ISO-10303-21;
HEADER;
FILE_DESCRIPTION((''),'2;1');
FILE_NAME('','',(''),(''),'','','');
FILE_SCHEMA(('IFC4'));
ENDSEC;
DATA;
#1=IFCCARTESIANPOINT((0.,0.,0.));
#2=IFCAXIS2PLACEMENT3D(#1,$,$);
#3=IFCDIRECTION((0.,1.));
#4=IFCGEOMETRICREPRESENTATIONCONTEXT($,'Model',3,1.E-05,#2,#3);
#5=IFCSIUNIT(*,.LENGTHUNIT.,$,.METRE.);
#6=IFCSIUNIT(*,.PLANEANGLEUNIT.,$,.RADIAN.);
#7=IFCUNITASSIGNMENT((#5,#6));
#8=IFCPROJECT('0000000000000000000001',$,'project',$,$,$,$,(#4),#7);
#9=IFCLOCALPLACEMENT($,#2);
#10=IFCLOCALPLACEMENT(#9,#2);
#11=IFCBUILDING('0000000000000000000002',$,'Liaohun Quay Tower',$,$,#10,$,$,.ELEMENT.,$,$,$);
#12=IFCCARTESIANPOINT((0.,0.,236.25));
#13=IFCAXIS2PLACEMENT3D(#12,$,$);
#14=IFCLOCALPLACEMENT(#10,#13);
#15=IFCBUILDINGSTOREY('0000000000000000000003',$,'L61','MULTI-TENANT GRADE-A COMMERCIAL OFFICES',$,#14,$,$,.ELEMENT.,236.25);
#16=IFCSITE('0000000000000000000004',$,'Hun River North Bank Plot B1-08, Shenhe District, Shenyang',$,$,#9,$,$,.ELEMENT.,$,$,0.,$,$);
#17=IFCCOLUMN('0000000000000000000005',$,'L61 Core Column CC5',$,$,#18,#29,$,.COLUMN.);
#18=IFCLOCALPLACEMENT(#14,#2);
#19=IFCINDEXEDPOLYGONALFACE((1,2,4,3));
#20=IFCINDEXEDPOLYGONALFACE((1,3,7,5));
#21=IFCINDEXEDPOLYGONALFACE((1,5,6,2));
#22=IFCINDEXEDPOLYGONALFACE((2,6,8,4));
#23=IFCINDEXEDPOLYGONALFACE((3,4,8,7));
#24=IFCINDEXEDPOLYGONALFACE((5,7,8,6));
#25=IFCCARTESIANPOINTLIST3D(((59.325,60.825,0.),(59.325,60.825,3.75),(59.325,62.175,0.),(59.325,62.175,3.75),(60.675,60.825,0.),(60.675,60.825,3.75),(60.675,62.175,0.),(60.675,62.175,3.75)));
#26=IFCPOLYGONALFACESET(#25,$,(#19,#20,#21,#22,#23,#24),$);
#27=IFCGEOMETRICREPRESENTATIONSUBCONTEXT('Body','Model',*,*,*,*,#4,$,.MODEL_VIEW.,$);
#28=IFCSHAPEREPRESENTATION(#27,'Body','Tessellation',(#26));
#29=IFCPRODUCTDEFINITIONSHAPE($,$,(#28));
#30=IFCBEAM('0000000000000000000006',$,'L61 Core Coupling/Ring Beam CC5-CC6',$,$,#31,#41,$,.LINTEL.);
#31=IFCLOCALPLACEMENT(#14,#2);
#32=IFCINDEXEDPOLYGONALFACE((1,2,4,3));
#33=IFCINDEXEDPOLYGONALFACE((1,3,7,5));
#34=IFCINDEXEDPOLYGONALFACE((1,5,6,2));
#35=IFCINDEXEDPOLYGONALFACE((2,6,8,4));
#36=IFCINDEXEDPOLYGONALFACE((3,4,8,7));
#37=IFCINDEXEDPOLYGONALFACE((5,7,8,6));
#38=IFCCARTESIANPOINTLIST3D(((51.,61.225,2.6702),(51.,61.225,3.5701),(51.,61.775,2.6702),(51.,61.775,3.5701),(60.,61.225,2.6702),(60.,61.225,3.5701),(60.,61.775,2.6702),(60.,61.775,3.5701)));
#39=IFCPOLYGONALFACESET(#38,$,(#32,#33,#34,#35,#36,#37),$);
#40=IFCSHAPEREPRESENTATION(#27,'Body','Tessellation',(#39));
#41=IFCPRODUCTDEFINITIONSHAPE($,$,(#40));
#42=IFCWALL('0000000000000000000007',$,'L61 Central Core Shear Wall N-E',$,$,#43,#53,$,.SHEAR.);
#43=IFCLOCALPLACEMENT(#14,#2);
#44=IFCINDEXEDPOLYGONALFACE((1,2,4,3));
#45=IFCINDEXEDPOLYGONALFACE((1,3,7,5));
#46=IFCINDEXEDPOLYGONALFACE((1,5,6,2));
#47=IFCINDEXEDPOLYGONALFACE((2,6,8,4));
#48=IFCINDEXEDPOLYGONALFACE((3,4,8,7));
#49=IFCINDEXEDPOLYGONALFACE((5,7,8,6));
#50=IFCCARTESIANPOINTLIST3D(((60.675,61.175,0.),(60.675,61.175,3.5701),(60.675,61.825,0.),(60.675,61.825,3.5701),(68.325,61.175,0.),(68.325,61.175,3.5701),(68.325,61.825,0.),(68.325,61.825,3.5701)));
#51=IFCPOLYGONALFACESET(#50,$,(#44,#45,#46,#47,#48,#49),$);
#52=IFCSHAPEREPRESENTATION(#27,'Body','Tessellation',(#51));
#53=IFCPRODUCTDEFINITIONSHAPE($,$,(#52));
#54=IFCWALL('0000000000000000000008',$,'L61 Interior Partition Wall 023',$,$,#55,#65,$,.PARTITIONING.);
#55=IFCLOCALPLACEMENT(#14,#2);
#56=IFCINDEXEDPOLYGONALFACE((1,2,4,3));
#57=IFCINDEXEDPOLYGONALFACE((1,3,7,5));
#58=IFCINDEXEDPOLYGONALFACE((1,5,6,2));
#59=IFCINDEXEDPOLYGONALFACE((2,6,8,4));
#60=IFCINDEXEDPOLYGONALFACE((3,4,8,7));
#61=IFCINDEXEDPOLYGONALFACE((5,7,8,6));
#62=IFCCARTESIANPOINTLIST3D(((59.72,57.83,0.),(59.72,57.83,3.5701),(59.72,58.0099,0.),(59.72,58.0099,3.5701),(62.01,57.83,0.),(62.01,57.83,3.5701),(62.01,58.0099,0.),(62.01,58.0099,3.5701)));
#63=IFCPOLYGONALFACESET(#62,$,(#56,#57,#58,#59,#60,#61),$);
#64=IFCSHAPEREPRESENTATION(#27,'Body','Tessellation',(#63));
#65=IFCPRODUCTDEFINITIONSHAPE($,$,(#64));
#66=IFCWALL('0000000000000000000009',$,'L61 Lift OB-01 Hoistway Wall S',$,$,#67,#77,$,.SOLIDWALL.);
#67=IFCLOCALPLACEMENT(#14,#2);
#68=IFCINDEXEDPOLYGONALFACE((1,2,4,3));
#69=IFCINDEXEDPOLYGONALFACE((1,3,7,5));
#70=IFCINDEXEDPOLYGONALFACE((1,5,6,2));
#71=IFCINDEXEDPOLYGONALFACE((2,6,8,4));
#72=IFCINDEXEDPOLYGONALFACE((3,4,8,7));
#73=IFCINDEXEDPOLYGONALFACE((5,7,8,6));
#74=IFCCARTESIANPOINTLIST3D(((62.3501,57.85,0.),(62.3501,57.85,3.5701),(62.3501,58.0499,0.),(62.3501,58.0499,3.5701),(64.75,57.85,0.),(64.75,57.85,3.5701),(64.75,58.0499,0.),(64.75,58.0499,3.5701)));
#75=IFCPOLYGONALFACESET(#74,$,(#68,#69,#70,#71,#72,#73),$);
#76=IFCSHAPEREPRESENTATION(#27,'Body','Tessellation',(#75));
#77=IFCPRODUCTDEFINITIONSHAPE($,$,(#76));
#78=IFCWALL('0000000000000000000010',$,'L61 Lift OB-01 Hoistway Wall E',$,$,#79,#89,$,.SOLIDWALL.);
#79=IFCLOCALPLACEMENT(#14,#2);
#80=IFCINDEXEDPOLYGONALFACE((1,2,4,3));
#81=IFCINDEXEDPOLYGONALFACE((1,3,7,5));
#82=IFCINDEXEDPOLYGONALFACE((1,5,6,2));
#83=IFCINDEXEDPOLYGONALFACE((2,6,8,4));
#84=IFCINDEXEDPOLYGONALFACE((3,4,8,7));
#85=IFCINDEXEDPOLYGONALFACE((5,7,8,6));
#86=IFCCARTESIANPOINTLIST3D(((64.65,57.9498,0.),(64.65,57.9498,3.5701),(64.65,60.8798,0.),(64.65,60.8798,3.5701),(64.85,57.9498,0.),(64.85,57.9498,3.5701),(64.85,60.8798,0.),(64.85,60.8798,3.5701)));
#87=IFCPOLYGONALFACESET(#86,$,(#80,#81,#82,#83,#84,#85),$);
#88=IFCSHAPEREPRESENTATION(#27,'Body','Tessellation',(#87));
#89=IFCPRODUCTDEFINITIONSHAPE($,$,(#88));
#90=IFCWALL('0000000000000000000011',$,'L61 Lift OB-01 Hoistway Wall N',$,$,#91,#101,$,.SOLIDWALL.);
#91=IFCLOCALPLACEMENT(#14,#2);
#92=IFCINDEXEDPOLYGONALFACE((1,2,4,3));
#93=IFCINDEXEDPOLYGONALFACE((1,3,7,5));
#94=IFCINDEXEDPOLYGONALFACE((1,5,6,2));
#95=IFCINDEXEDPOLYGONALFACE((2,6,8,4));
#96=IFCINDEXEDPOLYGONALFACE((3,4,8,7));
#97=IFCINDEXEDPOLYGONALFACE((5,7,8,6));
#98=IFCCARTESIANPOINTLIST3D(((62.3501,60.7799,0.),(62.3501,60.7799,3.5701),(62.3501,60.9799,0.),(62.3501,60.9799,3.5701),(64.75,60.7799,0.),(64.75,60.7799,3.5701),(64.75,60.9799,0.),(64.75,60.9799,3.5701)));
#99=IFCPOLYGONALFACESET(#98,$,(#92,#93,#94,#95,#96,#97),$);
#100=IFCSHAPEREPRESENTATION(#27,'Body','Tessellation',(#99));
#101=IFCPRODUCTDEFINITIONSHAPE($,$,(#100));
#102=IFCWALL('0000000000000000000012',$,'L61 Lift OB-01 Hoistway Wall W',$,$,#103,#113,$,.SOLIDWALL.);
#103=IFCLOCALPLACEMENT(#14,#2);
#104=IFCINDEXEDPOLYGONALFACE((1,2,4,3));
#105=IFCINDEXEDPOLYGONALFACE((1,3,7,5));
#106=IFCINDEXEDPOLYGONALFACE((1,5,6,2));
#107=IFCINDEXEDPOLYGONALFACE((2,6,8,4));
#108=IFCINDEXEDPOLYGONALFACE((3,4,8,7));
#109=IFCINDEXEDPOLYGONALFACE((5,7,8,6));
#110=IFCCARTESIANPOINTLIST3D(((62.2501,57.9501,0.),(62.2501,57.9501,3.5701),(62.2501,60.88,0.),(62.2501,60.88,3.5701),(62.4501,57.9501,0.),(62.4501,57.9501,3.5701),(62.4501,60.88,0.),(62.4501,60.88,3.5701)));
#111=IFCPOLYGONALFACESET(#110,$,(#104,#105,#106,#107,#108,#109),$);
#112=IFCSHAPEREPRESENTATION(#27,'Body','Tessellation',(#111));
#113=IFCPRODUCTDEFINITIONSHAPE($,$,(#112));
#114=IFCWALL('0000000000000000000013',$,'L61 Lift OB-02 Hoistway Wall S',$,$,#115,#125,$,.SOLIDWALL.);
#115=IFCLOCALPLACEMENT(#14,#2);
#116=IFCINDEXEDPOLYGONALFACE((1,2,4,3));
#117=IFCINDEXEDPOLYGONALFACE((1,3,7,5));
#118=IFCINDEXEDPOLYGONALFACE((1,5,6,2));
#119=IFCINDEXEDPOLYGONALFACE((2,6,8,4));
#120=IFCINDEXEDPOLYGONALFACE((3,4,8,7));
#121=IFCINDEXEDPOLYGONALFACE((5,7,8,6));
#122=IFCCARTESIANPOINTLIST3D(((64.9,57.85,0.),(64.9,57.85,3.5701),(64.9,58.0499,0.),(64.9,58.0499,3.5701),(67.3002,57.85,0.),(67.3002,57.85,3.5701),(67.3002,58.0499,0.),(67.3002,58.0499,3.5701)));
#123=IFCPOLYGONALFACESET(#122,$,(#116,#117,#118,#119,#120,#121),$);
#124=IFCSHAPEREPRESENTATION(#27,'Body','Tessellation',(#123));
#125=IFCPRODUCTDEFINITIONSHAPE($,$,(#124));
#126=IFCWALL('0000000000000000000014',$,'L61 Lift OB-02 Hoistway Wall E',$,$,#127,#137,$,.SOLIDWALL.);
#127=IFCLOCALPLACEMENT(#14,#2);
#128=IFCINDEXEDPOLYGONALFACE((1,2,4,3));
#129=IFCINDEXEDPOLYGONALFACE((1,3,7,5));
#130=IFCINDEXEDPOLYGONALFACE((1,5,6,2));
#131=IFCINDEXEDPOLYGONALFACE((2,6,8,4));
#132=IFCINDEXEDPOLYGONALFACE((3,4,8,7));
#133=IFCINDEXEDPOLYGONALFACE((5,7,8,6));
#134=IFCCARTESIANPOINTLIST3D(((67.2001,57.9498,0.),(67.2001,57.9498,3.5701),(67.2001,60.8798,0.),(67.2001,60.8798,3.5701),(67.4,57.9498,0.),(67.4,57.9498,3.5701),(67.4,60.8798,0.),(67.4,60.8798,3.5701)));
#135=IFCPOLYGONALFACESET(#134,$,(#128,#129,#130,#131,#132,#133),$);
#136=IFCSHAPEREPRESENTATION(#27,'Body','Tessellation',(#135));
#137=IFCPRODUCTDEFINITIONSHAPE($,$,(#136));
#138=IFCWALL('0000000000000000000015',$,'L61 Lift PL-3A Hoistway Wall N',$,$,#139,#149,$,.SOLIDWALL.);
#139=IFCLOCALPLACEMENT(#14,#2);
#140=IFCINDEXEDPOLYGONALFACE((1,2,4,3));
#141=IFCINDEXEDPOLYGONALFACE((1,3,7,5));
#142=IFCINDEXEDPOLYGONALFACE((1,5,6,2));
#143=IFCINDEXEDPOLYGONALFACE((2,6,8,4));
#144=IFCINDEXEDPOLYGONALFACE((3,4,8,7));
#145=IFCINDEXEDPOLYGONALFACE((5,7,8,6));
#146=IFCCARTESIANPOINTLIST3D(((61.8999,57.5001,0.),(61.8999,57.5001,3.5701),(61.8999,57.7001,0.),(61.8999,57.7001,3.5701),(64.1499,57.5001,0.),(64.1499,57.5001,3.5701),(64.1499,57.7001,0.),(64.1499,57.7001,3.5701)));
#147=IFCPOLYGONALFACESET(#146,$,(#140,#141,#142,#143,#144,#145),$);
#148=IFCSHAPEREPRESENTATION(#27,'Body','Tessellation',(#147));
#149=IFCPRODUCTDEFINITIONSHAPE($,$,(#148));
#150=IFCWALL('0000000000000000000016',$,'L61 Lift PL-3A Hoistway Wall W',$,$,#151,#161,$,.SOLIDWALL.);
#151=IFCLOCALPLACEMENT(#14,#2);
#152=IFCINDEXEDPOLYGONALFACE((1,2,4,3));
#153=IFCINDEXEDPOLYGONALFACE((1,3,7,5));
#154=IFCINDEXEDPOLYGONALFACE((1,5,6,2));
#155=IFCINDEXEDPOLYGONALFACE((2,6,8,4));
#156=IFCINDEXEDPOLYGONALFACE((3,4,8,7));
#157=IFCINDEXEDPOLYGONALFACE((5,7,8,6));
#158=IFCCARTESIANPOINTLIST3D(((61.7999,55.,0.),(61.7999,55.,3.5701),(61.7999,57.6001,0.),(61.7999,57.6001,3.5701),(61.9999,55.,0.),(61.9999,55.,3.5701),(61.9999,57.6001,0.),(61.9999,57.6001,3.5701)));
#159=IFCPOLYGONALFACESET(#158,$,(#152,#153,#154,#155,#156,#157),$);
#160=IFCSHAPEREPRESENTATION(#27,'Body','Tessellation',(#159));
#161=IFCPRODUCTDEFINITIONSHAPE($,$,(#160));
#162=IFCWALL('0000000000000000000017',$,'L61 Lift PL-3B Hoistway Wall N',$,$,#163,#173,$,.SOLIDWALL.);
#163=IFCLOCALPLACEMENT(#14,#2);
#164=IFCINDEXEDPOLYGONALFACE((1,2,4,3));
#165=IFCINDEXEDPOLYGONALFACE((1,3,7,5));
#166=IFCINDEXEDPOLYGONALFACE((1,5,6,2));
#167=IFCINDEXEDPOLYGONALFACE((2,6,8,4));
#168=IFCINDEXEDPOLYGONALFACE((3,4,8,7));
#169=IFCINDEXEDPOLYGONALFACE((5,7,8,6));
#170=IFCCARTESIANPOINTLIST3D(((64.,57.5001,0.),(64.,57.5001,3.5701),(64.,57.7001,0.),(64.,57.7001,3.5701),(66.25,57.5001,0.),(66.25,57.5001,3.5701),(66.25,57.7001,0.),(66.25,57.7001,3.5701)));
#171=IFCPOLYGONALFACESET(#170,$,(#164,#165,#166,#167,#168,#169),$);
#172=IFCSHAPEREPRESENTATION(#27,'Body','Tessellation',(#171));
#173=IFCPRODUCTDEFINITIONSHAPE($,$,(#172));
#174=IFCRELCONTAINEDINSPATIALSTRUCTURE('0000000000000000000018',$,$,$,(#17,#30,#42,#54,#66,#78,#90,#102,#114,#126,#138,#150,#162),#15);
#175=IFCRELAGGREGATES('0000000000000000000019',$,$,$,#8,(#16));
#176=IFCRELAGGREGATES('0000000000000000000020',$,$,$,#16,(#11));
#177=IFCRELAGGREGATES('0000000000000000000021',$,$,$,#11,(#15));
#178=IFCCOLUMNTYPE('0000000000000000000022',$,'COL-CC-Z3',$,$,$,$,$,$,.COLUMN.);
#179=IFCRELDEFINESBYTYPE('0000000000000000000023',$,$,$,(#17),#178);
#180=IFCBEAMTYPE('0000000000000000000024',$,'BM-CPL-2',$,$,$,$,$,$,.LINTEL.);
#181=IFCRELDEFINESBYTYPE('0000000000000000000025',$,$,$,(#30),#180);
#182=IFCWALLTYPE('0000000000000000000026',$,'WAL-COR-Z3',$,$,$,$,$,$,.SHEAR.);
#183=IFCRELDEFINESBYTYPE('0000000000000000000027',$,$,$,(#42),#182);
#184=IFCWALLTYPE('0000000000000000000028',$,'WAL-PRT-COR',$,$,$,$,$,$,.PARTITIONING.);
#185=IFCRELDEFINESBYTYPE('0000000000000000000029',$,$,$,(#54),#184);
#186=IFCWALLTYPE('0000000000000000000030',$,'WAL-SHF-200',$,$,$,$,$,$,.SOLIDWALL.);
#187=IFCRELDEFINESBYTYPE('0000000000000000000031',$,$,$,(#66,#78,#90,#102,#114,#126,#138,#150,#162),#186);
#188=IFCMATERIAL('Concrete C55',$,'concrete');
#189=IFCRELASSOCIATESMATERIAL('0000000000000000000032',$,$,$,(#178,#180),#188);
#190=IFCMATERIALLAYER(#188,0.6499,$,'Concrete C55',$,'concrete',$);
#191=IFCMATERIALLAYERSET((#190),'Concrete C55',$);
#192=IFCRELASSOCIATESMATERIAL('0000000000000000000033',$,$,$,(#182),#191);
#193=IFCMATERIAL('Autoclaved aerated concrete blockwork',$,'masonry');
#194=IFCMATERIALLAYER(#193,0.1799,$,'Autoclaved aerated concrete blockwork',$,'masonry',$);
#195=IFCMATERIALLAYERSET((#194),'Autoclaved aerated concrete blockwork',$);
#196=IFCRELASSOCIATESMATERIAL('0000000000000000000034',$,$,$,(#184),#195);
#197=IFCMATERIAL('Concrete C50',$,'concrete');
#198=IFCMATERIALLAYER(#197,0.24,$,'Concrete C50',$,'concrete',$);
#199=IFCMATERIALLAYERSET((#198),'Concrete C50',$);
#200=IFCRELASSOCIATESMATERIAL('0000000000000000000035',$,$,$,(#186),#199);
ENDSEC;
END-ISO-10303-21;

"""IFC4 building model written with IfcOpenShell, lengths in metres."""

from ifc_helpers import new_model, si_unit, direction, frame, frame_2d, origin, origin_2d, place, context, subcontext, project, spatial, rectangle, extrude, source, transform, mapped, material, layer, layer_set, material_profile, profile_set, type_object, element, save


model = new_model("IFC4")

# Units and contexts
model_context = context("Model", 3, precision=1e-05, world=origin(), true_north=direction((0.0, 1.0)))
body_context = subcontext(model_context, "Body", "Model", "MODEL_VIEW")
ifc_project = project(units=[si_unit("LENGTHUNIT", "METRE"), si_unit("PLANEANGLEUNIT", "RADIAN")], contexts=[model_context])

# Site, building, storey
site_placement = place(None, origin())
site = spatial("IfcSite", under=ifc_project, at=site_placement, Name="Hun River North Bank Plot B1-08, Shenhe District, Shenyang", CompositionType="ELEMENT", RefElevation=0.0)
building_placement = place(site_placement, origin())
building = spatial("IfcBuilding", under=site, at=building_placement, Name="Liaohun Quay Tower", CompositionType="ELEMENT")
storey_placement = place(building_placement, frame((0.0, 0.0, 236.25)))
storey = spatial("IfcBuildingStorey", under=building, at=storey_placement, Name="L61", Description="MULTI-TENANT GRADE-A COMMERCIAL OFFICES", CompositionType="ELEMENT", Elevation=236.25)

# Column
ifc_material_1 = material(Name="Concrete C55", Category="concrete")
ifc_material_profile_1 = material_profile(ifc_material_1, rectangle(XDim=1.3501, YDim=1.3501, at=origin_2d()), Name="RC1350x1350")
ifc_profile_set_1 = profile_set([ifc_material_profile_1], Name="Concrete C55")
column_type = type_object("IfcColumnType", Name="COL-CC-Z3", PredefinedType="COLUMN", material=ifc_profile_set_1)
shared_shape_1 = source(origin(), body_context, "Body", "SweptSolid", [
    extrude(rectangle(XDim=1.3501, YDim=1.3501, at=origin_2d()), origin(), (0.0, 0.0, 1.0), 3.75),
])
column_placement = place(storey_placement, frame((60.0, 61.5, 0.0), z_axis=(0.0, 0.0, 1.0), x_axis=(1.0, 0.0, 0.0)))
element("IfcColumn", 1, at=column_placement, inside=storey, type_object=column_type, Name="L61 Core Column CC5", PredefinedType="COLUMN", context=body_context, shape_type="MappedRepresentation", body=[
    mapped(shared_shape_1, transform((0.0, 0.0, 0.0), x_axis=(1.0, 0.0, 0.0), y_axis=(0.0, 1.0, 0.0), z_axis=(0.0, 0.0, 1.0), scale=1.0)),
])

# Beam
ifc_material_profile_2 = material_profile(ifc_material_1, rectangle(XDim=0.55, YDim=0.8999, at=origin_2d()), Name="RC550x900")
ifc_profile_set_2 = profile_set([ifc_material_profile_2], Name="Concrete C55")
beam_type = type_object("IfcBeamType", Name="BM-CPL-2", PredefinedType="LINTEL", material=ifc_profile_set_2)
shared_shape_2 = source(origin(), body_context, "Body", "SweptSolid", [
    extrude(rectangle(XDim=0.55, YDim=0.8999, at=origin_2d()), origin(), (0.0, 0.0, 1.0), 9.0),
])
beam_placement = place(storey_placement, frame((60.0, 61.5, 3.1201), z_axis=(-1.0, 0.0, 0.0), x_axis=(0.0, -1.0, 0.0)))
element("IfcBeam", 2, at=beam_placement, inside=storey, type_object=beam_type, Name="L61 Core Coupling/Ring Beam CC5-CC6", PredefinedType="LINTEL", context=body_context, shape_type="MappedRepresentation", body=[
    mapped(shared_shape_2, transform((0.0, 0.0, 0.0), x_axis=(1.0, 0.0, 0.0), y_axis=(0.0, 1.0, 0.0), z_axis=(0.0, 0.0, 1.0), scale=1.0)),
])

# Walls
ifc_layer_1 = layer(ifc_material_1, 0.6499, Name="Concrete C55", Category="concrete")
ifc_layer_set_1 = layer_set([ifc_layer_1], Name="Concrete C55")
wall_type_1 = type_object("IfcWallType", Name="WAL-COR-Z3", PredefinedType="SHEAR", material=ifc_layer_set_1)
wall_1_placement = place(storey_placement, frame((60.675, 61.5, 0.0), z_axis=(0.0, 0.0, 1.0), x_axis=(1.0, 0.0, 0.0)))
element("IfcWall", 3, at=wall_1_placement, inside=storey, type_object=wall_type_1, Name="L61 Central Core Shear Wall N-E", PredefinedType="SHEAR", context=body_context, shape_type="SweptSolid", body=[
    extrude(rectangle(XDim=7.6499, YDim=0.6499, at=frame_2d((3.825, 0.0))), origin(), (0.0, 0.0, 1.0), 3.5701),
])
ifc_material_2 = material(Name="Autoclaved aerated concrete blockwork", Category="masonry")
ifc_layer_2 = layer(ifc_material_2, 0.1799, Name="Autoclaved aerated concrete blockwork", Category="masonry")
ifc_layer_set_2 = layer_set([ifc_layer_2], Name="Autoclaved aerated concrete blockwork")
wall_type_2 = type_object("IfcWallType", Name="WAL-PRT-COR", PredefinedType="PARTITIONING", material=ifc_layer_set_2)
wall_2_placement = place(storey_placement, frame((59.72, 57.9199, 0.0), z_axis=(0.0, 0.0, 1.0), x_axis=(1.0, 0.0, 0.0)))
element("IfcWall", 4, at=wall_2_placement, inside=storey, type_object=wall_type_2, Name="L61 Interior Partition Wall 023", PredefinedType="PARTITIONING", context=body_context, shape_type="SweptSolid", body=[
    extrude(rectangle(XDim=2.29, YDim=0.1799, at=frame_2d((1.145, 0.0))), origin(), (0.0, 0.0, 1.0), 3.5701),
])
ifc_material_3 = material(Name="Concrete C50", Category="concrete")
ifc_layer_3 = layer(ifc_material_3, 0.24, Name="Concrete C50", Category="concrete")
ifc_layer_set_3 = layer_set([ifc_layer_3], Name="Concrete C50")
wall_type_3 = type_object("IfcWallType", Name="WAL-SHF-200", PredefinedType="SOLIDWALL", material=ifc_layer_set_3)
wall_3_placement = place(storey_placement, frame((62.3501, 57.95, 0.0), z_axis=(0.0, 0.0, 1.0), x_axis=(1.0, 0.0, 0.0)))
element("IfcWall", 5, at=wall_3_placement, inside=storey, type_object=wall_type_3, Name="L61 Lift OB-01 Hoistway Wall S", PredefinedType="SOLIDWALL", context=body_context, shape_type="SweptSolid", body=[
    extrude(rectangle(XDim=2.3999, YDim=0.2, at=frame_2d((1.2, 0.0))), origin(), (0.0, 0.0, 1.0), 3.5701),
])
wall_4_placement = place(storey_placement, frame((64.75, 57.95, 0.0), z_axis=(0.0, 0.0, 1.0), x_axis=(0.0, 1.0, 0.0)))
element("IfcWall", 6, at=wall_4_placement, inside=storey, type_object=wall_type_3, Name="L61 Lift OB-01 Hoistway Wall E", PredefinedType="SOLIDWALL", context=body_context, shape_type="SweptSolid", body=[
    extrude(rectangle(XDim=2.9299, YDim=0.2, at=frame_2d((1.4648, 0.0))), origin(), (0.0, 0.0, 1.0), 3.5701),
])
wall_5_placement = place(storey_placement, frame((64.75, 60.8799, 0.0), z_axis=(0.0, 0.0, 1.0), x_axis=(-1.0, 0.0, 0.0)))
element("IfcWall", 7, at=wall_5_placement, inside=storey, type_object=wall_type_3, Name="L61 Lift OB-01 Hoistway Wall N", PredefinedType="SOLIDWALL", context=body_context, shape_type="SweptSolid", body=[
    extrude(rectangle(XDim=2.3999, YDim=0.2, at=frame_2d((1.2, 0.0))), origin(), (0.0, 0.0, 1.0), 3.5701),
])
wall_6_placement = place(storey_placement, frame((62.3501, 60.8799, 0.0), z_axis=(0.0, 0.0, 1.0), x_axis=(0.0, -1.0, 0.0)))
element("IfcWall", 8, at=wall_6_placement, inside=storey, type_object=wall_type_3, Name="L61 Lift OB-01 Hoistway Wall W", PredefinedType="SOLIDWALL", context=body_context, shape_type="SweptSolid", body=[
    extrude(rectangle(XDim=2.9299, YDim=0.2, at=frame_2d((1.4648, 0.0))), origin(), (0.0, 0.0, 1.0), 3.5701),
])
wall_7_placement = place(storey_placement, frame((64.8999, 57.95, 0.0), z_axis=(0.0, 0.0, 1.0), x_axis=(1.0, 0.0, 0.0)))
element("IfcWall", 9, at=wall_7_placement, inside=storey, type_object=wall_type_3, Name="L61 Lift OB-02 Hoistway Wall S", PredefinedType="SOLIDWALL", context=body_context, shape_type="SweptSolid", body=[
    extrude(rectangle(XDim=2.4001, YDim=0.2, at=frame_2d((1.2002, 0.0))), origin(), (0.0, 0.0, 1.0), 3.5701),
])
wall_8_placement = place(storey_placement, frame((67.3, 57.95, 0.0), z_axis=(0.0, 0.0, 1.0), x_axis=(0.0, 1.0, 0.0)))
element("IfcWall", 10, at=wall_8_placement, inside=storey, type_object=wall_type_3, Name="L61 Lift OB-02 Hoistway Wall E", PredefinedType="SOLIDWALL", context=body_context, shape_type="SweptSolid", body=[
    extrude(rectangle(XDim=2.9299, YDim=0.2, at=frame_2d((1.4648, 0.0))), origin(), (0.0, 0.0, 1.0), 3.5701),
])
wall_9_placement = place(storey_placement, frame((64.1499, 57.6001, 0.0), z_axis=(0.0, 0.0, 1.0), x_axis=(-1.0, 0.0, 0.0)))
element("IfcWall", 11, at=wall_9_placement, inside=storey, type_object=wall_type_3, Name="L61 Lift PL-3A Hoistway Wall N", PredefinedType="SOLIDWALL", context=body_context, shape_type="SweptSolid", body=[
    extrude(rectangle(XDim=2.25, YDim=0.2, at=frame_2d((1.125, 0.0))), origin(), (0.0, 0.0, 1.0), 3.5701),
])
wall_10_placement = place(storey_placement, frame((61.8999, 57.6001, 0.0), z_axis=(0.0, 0.0, 1.0), x_axis=(0.0, -1.0, 0.0)))
element("IfcWall", 12, at=wall_10_placement, inside=storey, type_object=wall_type_3, Name="L61 Lift PL-3A Hoistway Wall W", PredefinedType="SOLIDWALL", context=body_context, shape_type="SweptSolid", body=[
    extrude(rectangle(XDim=2.6001, YDim=0.2, at=frame_2d((1.3, 0.0))), origin(), (0.0, 0.0, 1.0), 3.5701),
])
wall_11_placement = place(storey_placement, frame((66.25, 57.6001, 0.0), z_axis=(0.0, 0.0, 1.0), x_axis=(-1.0, 0.0, 0.0)))
element("IfcWall", 13, at=wall_11_placement, inside=storey, type_object=wall_type_3, Name="L61 Lift PL-3B Hoistway Wall N", PredefinedType="SOLIDWALL", context=body_context, shape_type="SweptSolid", body=[
    extrude(rectangle(XDim=2.25, YDim=0.2, at=frame_2d((1.125, 0.0))), origin(), (0.0, 0.0, 1.0), 3.5701),
])

save(model, "model.ifc")
